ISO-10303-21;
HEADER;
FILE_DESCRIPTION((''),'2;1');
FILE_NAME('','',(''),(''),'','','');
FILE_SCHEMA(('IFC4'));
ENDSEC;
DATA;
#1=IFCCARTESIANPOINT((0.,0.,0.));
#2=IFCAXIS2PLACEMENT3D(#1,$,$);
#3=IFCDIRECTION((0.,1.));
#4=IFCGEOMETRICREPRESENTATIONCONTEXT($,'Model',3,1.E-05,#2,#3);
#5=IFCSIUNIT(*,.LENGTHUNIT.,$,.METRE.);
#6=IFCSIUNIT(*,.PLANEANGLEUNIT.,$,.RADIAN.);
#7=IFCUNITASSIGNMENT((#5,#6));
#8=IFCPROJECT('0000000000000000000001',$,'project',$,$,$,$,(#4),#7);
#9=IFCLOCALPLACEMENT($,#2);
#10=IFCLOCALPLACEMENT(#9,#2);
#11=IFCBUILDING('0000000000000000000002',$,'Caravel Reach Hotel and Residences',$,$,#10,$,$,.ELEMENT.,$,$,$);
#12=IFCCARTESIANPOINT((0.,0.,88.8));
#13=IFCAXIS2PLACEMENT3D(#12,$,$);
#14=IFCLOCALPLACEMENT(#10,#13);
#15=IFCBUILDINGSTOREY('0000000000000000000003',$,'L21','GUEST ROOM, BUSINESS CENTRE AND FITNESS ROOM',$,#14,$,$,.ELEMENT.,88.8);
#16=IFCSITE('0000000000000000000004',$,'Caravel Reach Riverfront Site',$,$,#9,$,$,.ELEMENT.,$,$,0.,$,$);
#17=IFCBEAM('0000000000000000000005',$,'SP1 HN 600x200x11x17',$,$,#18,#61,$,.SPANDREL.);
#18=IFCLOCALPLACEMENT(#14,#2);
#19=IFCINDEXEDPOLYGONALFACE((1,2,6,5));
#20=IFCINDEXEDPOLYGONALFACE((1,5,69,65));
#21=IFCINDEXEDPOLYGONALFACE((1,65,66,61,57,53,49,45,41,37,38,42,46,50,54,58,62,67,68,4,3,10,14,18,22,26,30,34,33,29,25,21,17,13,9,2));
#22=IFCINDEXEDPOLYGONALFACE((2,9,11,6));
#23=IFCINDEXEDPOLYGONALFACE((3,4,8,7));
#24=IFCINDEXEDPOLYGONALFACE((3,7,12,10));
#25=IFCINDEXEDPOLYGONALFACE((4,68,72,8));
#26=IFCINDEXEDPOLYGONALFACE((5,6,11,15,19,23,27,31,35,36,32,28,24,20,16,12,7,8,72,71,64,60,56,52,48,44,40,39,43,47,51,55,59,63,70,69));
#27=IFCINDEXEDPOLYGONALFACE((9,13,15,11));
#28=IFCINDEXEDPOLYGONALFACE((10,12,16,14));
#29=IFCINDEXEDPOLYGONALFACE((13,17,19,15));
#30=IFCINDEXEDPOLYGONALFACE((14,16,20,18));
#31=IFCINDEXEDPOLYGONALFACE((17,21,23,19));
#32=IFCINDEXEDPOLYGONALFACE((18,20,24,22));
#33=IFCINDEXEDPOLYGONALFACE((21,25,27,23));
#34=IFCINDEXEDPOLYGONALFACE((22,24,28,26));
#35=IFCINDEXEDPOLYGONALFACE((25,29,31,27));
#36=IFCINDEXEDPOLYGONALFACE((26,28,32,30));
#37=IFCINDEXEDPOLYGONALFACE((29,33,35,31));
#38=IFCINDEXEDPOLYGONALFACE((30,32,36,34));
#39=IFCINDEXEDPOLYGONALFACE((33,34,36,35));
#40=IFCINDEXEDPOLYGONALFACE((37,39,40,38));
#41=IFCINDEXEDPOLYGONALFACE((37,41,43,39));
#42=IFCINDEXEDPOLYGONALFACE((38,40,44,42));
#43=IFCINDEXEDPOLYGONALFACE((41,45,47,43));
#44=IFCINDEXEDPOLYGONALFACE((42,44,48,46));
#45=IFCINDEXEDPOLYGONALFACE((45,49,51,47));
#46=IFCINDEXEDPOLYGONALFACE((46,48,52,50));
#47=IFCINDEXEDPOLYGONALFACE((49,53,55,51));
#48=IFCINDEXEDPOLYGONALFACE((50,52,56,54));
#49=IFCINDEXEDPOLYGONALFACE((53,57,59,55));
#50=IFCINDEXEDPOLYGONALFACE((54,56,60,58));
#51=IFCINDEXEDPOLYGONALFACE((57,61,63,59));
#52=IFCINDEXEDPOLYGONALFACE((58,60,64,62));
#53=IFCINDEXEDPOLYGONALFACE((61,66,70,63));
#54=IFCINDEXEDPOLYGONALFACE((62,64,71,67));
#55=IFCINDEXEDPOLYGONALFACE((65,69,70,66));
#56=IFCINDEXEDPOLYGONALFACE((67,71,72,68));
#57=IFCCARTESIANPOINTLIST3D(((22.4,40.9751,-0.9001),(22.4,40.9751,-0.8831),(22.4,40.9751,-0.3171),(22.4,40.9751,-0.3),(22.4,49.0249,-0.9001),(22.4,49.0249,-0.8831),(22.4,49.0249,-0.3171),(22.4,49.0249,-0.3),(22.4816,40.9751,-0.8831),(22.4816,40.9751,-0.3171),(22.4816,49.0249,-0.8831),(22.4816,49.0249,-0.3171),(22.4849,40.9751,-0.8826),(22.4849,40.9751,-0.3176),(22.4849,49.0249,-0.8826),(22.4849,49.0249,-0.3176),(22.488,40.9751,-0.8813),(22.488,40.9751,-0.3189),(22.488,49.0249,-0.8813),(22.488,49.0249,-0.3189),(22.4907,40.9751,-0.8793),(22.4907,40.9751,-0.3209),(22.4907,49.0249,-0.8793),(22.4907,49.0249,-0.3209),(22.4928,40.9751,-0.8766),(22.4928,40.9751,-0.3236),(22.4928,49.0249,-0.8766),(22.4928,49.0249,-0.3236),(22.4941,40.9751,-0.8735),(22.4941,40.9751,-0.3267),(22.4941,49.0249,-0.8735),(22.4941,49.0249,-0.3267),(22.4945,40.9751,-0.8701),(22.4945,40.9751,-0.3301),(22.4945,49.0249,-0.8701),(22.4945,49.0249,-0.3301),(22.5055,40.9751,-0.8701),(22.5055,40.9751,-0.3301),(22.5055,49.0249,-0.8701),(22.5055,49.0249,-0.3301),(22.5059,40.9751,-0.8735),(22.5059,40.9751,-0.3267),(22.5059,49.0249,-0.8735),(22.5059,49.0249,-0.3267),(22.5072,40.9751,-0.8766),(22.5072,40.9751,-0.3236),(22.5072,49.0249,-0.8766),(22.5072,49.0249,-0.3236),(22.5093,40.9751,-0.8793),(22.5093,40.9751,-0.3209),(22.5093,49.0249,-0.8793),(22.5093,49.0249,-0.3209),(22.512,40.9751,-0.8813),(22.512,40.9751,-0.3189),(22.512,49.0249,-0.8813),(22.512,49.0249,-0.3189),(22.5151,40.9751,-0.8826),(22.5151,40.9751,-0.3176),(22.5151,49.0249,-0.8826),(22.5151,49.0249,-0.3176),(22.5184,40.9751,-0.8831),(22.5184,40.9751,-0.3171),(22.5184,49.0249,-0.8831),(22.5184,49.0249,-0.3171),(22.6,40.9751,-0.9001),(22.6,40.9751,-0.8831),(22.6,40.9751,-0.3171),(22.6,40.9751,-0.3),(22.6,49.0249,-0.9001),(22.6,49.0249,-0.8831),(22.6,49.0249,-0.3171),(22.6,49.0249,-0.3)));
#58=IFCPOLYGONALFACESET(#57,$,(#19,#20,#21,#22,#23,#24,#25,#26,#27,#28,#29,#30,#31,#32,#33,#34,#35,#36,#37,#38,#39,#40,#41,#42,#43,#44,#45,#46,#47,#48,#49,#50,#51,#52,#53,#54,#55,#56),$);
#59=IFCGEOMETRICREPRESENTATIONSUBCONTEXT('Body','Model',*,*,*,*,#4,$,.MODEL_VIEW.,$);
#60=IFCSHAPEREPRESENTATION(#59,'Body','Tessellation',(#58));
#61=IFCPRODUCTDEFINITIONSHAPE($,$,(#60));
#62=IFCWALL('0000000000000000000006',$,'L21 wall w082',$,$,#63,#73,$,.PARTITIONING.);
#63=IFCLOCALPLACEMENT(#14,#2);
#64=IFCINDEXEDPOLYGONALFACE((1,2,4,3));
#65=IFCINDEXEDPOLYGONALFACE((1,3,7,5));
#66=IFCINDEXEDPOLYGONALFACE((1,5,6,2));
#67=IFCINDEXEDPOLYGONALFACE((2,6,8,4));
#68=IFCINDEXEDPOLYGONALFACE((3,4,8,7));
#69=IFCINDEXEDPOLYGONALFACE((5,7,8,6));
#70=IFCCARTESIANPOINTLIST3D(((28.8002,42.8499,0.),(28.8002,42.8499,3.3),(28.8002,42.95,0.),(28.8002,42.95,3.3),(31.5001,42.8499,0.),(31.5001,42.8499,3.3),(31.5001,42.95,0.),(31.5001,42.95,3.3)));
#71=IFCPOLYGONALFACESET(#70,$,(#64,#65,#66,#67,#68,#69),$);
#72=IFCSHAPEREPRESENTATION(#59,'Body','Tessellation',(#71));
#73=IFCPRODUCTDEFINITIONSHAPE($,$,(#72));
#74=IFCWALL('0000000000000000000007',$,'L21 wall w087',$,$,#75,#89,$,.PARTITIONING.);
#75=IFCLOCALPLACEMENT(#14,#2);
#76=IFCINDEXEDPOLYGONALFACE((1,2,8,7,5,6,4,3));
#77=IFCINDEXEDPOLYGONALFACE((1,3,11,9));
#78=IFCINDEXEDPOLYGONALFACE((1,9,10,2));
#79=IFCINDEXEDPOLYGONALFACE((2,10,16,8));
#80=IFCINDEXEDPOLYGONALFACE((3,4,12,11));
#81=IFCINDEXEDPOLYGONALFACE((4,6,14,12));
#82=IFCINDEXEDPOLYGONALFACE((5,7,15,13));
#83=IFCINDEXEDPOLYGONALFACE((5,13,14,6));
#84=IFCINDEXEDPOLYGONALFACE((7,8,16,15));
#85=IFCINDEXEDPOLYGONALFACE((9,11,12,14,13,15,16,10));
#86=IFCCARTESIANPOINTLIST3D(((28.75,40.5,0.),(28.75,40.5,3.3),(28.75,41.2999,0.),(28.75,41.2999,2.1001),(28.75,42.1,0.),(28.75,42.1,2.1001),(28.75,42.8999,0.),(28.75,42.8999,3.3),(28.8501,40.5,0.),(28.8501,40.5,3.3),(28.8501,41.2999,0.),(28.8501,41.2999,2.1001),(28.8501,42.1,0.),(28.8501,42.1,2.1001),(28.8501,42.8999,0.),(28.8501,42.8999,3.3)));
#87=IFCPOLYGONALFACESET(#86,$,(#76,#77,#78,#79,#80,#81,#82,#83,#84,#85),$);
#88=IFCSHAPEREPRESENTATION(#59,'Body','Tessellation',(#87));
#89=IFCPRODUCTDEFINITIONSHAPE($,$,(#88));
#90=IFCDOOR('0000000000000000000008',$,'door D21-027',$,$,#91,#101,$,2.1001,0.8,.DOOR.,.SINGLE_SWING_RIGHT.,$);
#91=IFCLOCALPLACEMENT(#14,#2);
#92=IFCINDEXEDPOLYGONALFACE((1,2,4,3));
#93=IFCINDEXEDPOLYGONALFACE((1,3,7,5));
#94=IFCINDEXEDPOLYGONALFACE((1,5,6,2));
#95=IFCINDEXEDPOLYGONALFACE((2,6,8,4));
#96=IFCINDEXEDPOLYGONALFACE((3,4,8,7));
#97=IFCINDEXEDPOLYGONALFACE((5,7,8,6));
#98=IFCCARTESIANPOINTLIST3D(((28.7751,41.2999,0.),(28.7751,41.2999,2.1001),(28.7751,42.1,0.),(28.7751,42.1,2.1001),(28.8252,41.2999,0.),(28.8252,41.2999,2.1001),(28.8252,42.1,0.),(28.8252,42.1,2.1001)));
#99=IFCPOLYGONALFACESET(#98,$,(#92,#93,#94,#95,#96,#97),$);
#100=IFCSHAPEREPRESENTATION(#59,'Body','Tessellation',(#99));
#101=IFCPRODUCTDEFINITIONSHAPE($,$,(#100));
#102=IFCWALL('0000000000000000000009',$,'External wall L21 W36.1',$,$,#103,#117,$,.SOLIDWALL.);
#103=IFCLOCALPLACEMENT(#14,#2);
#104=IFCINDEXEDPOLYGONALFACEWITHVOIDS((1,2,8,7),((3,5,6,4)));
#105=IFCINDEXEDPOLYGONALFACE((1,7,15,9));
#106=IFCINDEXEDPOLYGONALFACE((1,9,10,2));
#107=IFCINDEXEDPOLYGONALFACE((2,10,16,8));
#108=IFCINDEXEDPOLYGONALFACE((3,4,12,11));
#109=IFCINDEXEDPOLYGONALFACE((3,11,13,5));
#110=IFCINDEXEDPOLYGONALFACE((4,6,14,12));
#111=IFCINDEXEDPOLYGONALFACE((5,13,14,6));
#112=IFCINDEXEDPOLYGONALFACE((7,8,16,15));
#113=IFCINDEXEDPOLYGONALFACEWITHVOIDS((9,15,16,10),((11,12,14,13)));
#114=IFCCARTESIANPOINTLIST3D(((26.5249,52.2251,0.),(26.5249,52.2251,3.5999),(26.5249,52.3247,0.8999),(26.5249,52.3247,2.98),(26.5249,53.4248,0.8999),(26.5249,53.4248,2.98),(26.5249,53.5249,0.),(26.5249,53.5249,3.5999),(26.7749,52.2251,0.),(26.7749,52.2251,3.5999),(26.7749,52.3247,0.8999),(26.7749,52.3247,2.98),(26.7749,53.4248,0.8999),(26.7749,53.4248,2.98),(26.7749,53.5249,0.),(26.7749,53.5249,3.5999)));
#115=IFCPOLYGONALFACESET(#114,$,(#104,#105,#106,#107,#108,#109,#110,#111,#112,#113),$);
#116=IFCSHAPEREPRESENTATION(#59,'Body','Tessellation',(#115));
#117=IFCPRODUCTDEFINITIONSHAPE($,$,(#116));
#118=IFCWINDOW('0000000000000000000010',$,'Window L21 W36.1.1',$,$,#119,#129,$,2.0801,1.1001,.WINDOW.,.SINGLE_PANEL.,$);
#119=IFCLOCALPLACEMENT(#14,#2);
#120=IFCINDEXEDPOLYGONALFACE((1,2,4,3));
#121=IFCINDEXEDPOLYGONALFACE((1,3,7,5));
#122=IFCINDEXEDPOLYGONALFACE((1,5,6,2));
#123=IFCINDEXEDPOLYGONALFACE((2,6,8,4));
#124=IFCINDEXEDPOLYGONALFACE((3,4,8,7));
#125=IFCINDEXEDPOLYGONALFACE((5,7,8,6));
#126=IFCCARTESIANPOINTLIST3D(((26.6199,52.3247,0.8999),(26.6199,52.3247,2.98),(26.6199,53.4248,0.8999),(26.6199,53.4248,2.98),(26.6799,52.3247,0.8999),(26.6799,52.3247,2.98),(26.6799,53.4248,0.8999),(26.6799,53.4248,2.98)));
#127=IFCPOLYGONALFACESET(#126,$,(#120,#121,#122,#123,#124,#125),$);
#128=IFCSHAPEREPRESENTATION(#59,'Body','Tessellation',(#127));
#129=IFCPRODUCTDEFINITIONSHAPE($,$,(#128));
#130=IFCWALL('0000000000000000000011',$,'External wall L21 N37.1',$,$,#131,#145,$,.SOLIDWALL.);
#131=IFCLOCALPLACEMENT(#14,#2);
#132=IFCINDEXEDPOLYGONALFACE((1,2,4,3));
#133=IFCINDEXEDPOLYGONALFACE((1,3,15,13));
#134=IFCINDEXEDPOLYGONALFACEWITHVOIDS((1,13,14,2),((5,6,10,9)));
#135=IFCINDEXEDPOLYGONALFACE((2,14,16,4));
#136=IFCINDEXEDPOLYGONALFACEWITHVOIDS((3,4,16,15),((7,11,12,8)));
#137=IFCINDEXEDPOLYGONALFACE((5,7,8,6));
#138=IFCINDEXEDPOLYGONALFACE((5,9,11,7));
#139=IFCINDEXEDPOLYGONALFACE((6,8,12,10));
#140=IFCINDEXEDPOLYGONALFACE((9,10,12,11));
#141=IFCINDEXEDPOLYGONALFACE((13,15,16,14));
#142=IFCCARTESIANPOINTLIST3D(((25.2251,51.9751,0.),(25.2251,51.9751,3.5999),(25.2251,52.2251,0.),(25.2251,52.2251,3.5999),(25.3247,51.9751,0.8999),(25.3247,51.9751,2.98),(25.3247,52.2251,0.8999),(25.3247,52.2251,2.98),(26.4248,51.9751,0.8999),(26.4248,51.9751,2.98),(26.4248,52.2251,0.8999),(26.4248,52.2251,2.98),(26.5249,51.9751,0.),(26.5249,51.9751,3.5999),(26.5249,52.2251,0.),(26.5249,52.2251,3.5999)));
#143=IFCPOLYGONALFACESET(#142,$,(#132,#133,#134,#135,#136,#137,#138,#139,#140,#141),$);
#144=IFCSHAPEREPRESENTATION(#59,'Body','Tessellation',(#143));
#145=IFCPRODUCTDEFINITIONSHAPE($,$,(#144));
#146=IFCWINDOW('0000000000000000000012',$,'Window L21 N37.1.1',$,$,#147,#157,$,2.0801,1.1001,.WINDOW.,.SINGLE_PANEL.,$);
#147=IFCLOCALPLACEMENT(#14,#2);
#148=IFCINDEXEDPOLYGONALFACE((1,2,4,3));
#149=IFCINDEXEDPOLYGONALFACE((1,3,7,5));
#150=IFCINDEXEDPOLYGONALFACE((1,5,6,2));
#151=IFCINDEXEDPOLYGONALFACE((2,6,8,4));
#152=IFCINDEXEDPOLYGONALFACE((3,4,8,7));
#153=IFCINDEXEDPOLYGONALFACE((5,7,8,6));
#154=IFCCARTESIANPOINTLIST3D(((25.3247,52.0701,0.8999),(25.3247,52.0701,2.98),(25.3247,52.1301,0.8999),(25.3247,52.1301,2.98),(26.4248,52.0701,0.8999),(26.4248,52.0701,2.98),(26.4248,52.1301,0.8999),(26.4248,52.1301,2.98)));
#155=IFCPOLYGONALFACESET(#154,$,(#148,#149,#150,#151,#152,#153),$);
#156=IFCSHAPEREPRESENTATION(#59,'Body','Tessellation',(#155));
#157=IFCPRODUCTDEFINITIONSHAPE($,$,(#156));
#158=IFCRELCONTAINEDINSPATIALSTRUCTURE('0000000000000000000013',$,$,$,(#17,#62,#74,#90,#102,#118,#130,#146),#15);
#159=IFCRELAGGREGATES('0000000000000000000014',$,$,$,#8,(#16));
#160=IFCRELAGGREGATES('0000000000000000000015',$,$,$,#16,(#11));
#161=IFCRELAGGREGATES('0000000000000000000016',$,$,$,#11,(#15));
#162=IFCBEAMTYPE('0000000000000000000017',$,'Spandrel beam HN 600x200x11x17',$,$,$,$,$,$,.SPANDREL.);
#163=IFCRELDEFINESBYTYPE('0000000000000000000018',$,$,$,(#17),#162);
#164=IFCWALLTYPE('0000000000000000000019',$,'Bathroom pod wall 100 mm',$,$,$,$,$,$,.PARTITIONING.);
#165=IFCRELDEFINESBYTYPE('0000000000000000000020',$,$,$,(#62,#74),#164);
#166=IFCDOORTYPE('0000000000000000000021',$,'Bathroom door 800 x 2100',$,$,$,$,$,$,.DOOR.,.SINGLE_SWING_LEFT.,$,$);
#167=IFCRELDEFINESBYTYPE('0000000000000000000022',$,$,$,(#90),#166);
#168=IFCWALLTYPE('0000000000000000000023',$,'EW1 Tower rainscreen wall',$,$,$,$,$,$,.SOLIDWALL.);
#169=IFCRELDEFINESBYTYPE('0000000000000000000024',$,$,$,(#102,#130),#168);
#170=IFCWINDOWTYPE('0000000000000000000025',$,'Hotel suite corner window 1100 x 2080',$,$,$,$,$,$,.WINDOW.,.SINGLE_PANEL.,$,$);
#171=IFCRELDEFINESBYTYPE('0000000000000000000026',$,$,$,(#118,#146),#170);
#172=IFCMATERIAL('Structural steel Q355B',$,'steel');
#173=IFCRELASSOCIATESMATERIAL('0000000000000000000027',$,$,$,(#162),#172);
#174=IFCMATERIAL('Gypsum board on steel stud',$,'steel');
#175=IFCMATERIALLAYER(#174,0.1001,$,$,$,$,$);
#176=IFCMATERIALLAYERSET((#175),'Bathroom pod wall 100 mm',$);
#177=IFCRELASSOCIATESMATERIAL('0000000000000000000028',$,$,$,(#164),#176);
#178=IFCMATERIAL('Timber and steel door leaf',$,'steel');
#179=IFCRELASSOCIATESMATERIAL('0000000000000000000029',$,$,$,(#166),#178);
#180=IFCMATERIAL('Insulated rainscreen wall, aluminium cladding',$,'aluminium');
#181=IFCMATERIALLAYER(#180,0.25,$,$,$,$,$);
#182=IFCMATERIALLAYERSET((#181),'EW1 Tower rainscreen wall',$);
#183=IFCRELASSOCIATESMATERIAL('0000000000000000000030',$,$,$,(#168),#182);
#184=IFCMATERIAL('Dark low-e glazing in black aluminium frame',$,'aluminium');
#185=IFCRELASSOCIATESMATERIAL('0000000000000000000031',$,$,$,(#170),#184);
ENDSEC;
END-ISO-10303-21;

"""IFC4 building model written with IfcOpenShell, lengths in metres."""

from ifc_helpers import new_model, si_unit, direction, frame, frame_2d, origin, origin_2d, place, context, subcontext, project, spatial, rectangle, i_section, extrude, material, layer, layer_set, material_profile, profile_set, type_object, element, fill, save


model = new_model("IFC4")

# Units and contexts
model_context = context("Model", 3, precision=1e-05, world=origin(), true_north=direction((0.0, 1.0)))
body_context = subcontext(model_context, "Body", "Model", "MODEL_VIEW")
ifc_project = project(units=[si_unit("LENGTHUNIT", "METRE"), si_unit("PLANEANGLEUNIT", "RADIAN")], contexts=[model_context])

# Site, building, storey
site_placement = place(None, origin())
site = spatial("IfcSite", under=ifc_project, at=site_placement, Name="Caravel Reach Riverfront Site", CompositionType="ELEMENT", RefElevation=0.0)
building_placement = place(site_placement, origin())
building = spatial("IfcBuilding", under=site, at=building_placement, Name="Caravel Reach Hotel and Residences", CompositionType="ELEMENT")
storey_placement = place(building_placement, frame((0.0, 0.0, 88.8)))
storey = spatial("IfcBuildingStorey", under=building, at=storey_placement, Name="L21", Description="GUEST ROOM, BUSINESS CENTRE AND FITNESS ROOM", CompositionType="ELEMENT", Elevation=88.8)

# Beam
ifc_material_1 = material(Name="Structural steel Q355B", Category="steel")
ifc_material_profile_1 = material_profile(ifc_material_1, i_section(OverallWidth=0.2, OverallDepth=0.6001, WebThickness=0.011, FlangeThickness=0.0171, FilletRadius=0.0129, at=origin_2d()), Name="HN 600x200x11x17")
ifc_profile_set_1 = profile_set([ifc_material_profile_1], Name="Structural steel Q355B")
beam_type_1 = type_object("IfcBeamType", Name="Spandrel beam HN 600x200x11x17", PredefinedType="SPANDREL", material=ifc_profile_set_1)
beam_1_placement = place(storey_placement, frame((22.5, 49.0249, -0.6001), z_axis=(0.0, -1.0, 0.0), x_axis=(1.0, 0.0, 0.0)))
element("IfcBeam", 1, at=beam_1_placement, inside=storey, type_object=beam_type_1, Name="SP1 HN 600x200x11x17", PredefinedType="SPANDREL", context=body_context, shape_type="SweptSolid", body=[
    extrude(i_section(OverallWidth=0.2, OverallDepth=0.6001, WebThickness=0.011, FlangeThickness=0.0171, FilletRadius=0.0129, at=origin_2d()), origin(), (0.0, 0.0, 1.0), 8.0498),
])

# Wall
ifc_material_2 = material(Name="Gypsum board on steel stud", Category="steel")
ifc_layer_1 = layer(ifc_material_2, 0.1001)
ifc_layer_set_1 = layer_set([ifc_layer_1], Name="Bathroom pod wall 100 mm")
wall_type_1 = type_object("IfcWallType", Name="Bathroom pod wall 100 mm", PredefinedType="PARTITIONING", material=ifc_layer_set_1)
wall_1_placement = place(storey_placement, frame((28.8, 42.8999, 0.0), z_axis=(0.0, 0.0, 1.0), x_axis=(1.0, 0.0, 0.0)))
element("IfcWall", 2, at=wall_1_placement, inside=storey, type_object=wall_type_1, Name="L21 wall w082", PredefinedType="PARTITIONING", context=body_context, shape_type="SweptSolid", body=[
    extrude(rectangle(XDim=2.7, YDim=0.1001, at=frame_2d((1.3501, 0.0))), origin(), (0.0, 0.0, 1.0), 3.3),
])

# Wall, opening, door
wall_2_placement = place(storey_placement, frame((28.8, 40.5, 0.0), z_axis=(0.0, 0.0, 1.0), x_axis=(0.0, 1.0, 0.0)))
wall_2 = element("IfcWall", 3, at=wall_2_placement, inside=storey, type_object=wall_type_1, Name="L21 wall w087", PredefinedType="PARTITIONING", context=body_context, shape_type="SweptSolid", body=[
    extrude(rectangle(XDim=2.3999, YDim=0.1001, at=frame_2d((1.2, 0.0))), origin(), (0.0, 0.0, 1.0), 3.3),
])
opening_1_placement = place(wall_2_placement, frame((0.8, 0.0, 0.0)))
opening_1 = element("IfcOpeningElement", 4, at=opening_1_placement, cuts=wall_2, PredefinedType="OPENING", context=body_context, shape_type="SweptSolid", body=[
    extrude(rectangle(XDim=0.8, YDim=2.1001, at=frame_2d((0.3999, 1.05))), frame((0.0, 0.0601, 0.0), z_axis=(0.0, -1.0, 0.0), x_axis=(1.0, 0.0, 0.0)), (0.0, 0.0, 1.0), 0.1201),
])
ifc_material_3 = material(Name="Timber and steel door leaf", Category="steel")
door_type = type_object("IfcDoorType", Name="Bathroom door 800 x 2100", OperationType="SINGLE_SWING_LEFT", PredefinedType="DOOR", material=ifc_material_3)
door_placement = place(opening_1_placement, origin())
door = element("IfcDoor", 5, at=door_placement, inside=storey, type_object=door_type, Name="door D21-027", OperationType="SINGLE_SWING_RIGHT", OverallHeight=2.1001, OverallWidth=0.8, PredefinedType="DOOR", context=body_context, shape_type="SweptSolid", body=[
    extrude(rectangle(XDim=0.8, YDim=2.1001, at=frame_2d((0.3999, 1.05))), frame((0.0, 0.0249, 0.0), z_axis=(0.0, -1.0, 0.0), x_axis=(1.0, 0.0, 0.0)), (0.0, 0.0, 1.0), 0.05),
])
fill(opening_1, door)

# Walls, openings, windows
ifc_material_4 = material(Name="Insulated rainscreen wall, aluminium cladding", Category="aluminium")
ifc_layer_2 = layer(ifc_material_4, 0.25)
ifc_layer_set_2 = layer_set([ifc_layer_2], Name="EW1 Tower rainscreen wall")
wall_type_2 = type_object("IfcWallType", Name="EW1 Tower rainscreen wall", PredefinedType="SOLIDWALL", material=ifc_layer_set_2)
wall_3_placement = place(storey_placement, frame((26.6499, 53.5249, 0.0), z_axis=(0.0, 0.0, 1.0), x_axis=(0.0, -1.0, 0.0)))
wall_3 = element("IfcWall", 6, at=wall_3_placement, inside=storey, type_object=wall_type_2, Name="External wall L21 W36.1", PredefinedType="SOLIDWALL", context=body_context, shape_type="SweptSolid", body=[
    extrude(rectangle(XDim=1.2998, YDim=0.25, at=frame_2d((0.6499, 0.0))), origin(), (0.0, 0.0, 1.0), 3.5999),
])
opening_2_placement = place(wall_3_placement, frame((0.1001, 0.0, 0.8999)))
opening_2 = element("IfcOpeningElement", 7, at=opening_2_placement, cuts=wall_3, PredefinedType="OPENING", context=body_context, shape_type="SweptSolid", body=[
    extrude(rectangle(XDim=1.1001, YDim=2.0801, at=frame_2d((0.55, 1.04))), frame((0.0, 0.135, 0.0), z_axis=(0.0, -1.0, 0.0), x_axis=(1.0, 0.0, 0.0)), (0.0, 0.0, 1.0), 0.27),
])
ifc_material_5 = material(Name="Dark low-e glazing in black aluminium frame", Category="aluminium")
window_type_1 = type_object("IfcWindowType", Name="Hotel suite corner window 1100 x 2080", PartitioningType="SINGLE_PANEL", PredefinedType="WINDOW", material=ifc_material_5)
window_1_placement = place(opening_2_placement, origin())
window_1 = element("IfcWindow", 8, at=window_1_placement, inside=storey, type_object=window_type_1, Name="Window L21 W36.1.1", OverallHeight=2.0801, OverallWidth=1.1001, PartitioningType="SINGLE_PANEL", PredefinedType="WINDOW", context=body_context, shape_type="SweptSolid", body=[
    extrude(rectangle(XDim=1.1001, YDim=2.0801, at=frame_2d((0.55, 1.04))), frame((0.0, 0.03, 0.0), z_axis=(0.0, -1.0, 0.0), x_axis=(1.0, 0.0, 0.0)), (0.0, 0.0, 1.0), 0.0601),
])
fill(opening_2, window_1)
wall_4_placement = place(storey_placement, frame((26.5249, 52.1001, 0.0), z_axis=(0.0, 0.0, 1.0), x_axis=(-1.0, 0.0, 0.0)))
wall_4 = element("IfcWall", 9, at=wall_4_placement, inside=storey, type_object=wall_type_2, Name="External wall L21 N37.1", PredefinedType="SOLIDWALL", context=body_context, shape_type="SweptSolid", body=[
    extrude(rectangle(XDim=1.2998, YDim=0.25, at=frame_2d((0.6499, 0.0))), origin(), (0.0, 0.0, 1.0), 3.5999),
])
opening_3_placement = place(wall_4_placement, frame((0.1001, 0.0, 0.8999)))
opening_3 = element("IfcOpeningElement", 10, at=opening_3_placement, cuts=wall_4, PredefinedType="OPENING", context=body_context, shape_type="SweptSolid", body=[
    extrude(rectangle(XDim=1.1001, YDim=2.0801, at=frame_2d((0.55, 1.04))), frame((0.0, 0.135, 0.0), z_axis=(0.0, -1.0, 0.0), x_axis=(1.0, 0.0, 0.0)), (0.0, 0.0, 1.0), 0.27),
])
window_2_placement = place(opening_3_placement, origin())
window_2 = element("IfcWindow", 11, at=window_2_placement, inside=storey, type_object=window_type_1, Name="Window L21 N37.1.1", OverallHeight=2.0801, OverallWidth=1.1001, PartitioningType="SINGLE_PANEL", PredefinedType="WINDOW", context=body_context, shape_type="SweptSolid", body=[
    extrude(rectangle(XDim=1.1001, YDim=2.0801, at=frame_2d((0.55, 1.04))), frame((0.0, 0.03, 0.0), z_axis=(0.0, -1.0, 0.0), x_axis=(1.0, 0.0, 0.0)), (0.0, 0.0, 1.0), 0.0601),
])
fill(opening_3, window_2)

save(model, "model.ifc")
